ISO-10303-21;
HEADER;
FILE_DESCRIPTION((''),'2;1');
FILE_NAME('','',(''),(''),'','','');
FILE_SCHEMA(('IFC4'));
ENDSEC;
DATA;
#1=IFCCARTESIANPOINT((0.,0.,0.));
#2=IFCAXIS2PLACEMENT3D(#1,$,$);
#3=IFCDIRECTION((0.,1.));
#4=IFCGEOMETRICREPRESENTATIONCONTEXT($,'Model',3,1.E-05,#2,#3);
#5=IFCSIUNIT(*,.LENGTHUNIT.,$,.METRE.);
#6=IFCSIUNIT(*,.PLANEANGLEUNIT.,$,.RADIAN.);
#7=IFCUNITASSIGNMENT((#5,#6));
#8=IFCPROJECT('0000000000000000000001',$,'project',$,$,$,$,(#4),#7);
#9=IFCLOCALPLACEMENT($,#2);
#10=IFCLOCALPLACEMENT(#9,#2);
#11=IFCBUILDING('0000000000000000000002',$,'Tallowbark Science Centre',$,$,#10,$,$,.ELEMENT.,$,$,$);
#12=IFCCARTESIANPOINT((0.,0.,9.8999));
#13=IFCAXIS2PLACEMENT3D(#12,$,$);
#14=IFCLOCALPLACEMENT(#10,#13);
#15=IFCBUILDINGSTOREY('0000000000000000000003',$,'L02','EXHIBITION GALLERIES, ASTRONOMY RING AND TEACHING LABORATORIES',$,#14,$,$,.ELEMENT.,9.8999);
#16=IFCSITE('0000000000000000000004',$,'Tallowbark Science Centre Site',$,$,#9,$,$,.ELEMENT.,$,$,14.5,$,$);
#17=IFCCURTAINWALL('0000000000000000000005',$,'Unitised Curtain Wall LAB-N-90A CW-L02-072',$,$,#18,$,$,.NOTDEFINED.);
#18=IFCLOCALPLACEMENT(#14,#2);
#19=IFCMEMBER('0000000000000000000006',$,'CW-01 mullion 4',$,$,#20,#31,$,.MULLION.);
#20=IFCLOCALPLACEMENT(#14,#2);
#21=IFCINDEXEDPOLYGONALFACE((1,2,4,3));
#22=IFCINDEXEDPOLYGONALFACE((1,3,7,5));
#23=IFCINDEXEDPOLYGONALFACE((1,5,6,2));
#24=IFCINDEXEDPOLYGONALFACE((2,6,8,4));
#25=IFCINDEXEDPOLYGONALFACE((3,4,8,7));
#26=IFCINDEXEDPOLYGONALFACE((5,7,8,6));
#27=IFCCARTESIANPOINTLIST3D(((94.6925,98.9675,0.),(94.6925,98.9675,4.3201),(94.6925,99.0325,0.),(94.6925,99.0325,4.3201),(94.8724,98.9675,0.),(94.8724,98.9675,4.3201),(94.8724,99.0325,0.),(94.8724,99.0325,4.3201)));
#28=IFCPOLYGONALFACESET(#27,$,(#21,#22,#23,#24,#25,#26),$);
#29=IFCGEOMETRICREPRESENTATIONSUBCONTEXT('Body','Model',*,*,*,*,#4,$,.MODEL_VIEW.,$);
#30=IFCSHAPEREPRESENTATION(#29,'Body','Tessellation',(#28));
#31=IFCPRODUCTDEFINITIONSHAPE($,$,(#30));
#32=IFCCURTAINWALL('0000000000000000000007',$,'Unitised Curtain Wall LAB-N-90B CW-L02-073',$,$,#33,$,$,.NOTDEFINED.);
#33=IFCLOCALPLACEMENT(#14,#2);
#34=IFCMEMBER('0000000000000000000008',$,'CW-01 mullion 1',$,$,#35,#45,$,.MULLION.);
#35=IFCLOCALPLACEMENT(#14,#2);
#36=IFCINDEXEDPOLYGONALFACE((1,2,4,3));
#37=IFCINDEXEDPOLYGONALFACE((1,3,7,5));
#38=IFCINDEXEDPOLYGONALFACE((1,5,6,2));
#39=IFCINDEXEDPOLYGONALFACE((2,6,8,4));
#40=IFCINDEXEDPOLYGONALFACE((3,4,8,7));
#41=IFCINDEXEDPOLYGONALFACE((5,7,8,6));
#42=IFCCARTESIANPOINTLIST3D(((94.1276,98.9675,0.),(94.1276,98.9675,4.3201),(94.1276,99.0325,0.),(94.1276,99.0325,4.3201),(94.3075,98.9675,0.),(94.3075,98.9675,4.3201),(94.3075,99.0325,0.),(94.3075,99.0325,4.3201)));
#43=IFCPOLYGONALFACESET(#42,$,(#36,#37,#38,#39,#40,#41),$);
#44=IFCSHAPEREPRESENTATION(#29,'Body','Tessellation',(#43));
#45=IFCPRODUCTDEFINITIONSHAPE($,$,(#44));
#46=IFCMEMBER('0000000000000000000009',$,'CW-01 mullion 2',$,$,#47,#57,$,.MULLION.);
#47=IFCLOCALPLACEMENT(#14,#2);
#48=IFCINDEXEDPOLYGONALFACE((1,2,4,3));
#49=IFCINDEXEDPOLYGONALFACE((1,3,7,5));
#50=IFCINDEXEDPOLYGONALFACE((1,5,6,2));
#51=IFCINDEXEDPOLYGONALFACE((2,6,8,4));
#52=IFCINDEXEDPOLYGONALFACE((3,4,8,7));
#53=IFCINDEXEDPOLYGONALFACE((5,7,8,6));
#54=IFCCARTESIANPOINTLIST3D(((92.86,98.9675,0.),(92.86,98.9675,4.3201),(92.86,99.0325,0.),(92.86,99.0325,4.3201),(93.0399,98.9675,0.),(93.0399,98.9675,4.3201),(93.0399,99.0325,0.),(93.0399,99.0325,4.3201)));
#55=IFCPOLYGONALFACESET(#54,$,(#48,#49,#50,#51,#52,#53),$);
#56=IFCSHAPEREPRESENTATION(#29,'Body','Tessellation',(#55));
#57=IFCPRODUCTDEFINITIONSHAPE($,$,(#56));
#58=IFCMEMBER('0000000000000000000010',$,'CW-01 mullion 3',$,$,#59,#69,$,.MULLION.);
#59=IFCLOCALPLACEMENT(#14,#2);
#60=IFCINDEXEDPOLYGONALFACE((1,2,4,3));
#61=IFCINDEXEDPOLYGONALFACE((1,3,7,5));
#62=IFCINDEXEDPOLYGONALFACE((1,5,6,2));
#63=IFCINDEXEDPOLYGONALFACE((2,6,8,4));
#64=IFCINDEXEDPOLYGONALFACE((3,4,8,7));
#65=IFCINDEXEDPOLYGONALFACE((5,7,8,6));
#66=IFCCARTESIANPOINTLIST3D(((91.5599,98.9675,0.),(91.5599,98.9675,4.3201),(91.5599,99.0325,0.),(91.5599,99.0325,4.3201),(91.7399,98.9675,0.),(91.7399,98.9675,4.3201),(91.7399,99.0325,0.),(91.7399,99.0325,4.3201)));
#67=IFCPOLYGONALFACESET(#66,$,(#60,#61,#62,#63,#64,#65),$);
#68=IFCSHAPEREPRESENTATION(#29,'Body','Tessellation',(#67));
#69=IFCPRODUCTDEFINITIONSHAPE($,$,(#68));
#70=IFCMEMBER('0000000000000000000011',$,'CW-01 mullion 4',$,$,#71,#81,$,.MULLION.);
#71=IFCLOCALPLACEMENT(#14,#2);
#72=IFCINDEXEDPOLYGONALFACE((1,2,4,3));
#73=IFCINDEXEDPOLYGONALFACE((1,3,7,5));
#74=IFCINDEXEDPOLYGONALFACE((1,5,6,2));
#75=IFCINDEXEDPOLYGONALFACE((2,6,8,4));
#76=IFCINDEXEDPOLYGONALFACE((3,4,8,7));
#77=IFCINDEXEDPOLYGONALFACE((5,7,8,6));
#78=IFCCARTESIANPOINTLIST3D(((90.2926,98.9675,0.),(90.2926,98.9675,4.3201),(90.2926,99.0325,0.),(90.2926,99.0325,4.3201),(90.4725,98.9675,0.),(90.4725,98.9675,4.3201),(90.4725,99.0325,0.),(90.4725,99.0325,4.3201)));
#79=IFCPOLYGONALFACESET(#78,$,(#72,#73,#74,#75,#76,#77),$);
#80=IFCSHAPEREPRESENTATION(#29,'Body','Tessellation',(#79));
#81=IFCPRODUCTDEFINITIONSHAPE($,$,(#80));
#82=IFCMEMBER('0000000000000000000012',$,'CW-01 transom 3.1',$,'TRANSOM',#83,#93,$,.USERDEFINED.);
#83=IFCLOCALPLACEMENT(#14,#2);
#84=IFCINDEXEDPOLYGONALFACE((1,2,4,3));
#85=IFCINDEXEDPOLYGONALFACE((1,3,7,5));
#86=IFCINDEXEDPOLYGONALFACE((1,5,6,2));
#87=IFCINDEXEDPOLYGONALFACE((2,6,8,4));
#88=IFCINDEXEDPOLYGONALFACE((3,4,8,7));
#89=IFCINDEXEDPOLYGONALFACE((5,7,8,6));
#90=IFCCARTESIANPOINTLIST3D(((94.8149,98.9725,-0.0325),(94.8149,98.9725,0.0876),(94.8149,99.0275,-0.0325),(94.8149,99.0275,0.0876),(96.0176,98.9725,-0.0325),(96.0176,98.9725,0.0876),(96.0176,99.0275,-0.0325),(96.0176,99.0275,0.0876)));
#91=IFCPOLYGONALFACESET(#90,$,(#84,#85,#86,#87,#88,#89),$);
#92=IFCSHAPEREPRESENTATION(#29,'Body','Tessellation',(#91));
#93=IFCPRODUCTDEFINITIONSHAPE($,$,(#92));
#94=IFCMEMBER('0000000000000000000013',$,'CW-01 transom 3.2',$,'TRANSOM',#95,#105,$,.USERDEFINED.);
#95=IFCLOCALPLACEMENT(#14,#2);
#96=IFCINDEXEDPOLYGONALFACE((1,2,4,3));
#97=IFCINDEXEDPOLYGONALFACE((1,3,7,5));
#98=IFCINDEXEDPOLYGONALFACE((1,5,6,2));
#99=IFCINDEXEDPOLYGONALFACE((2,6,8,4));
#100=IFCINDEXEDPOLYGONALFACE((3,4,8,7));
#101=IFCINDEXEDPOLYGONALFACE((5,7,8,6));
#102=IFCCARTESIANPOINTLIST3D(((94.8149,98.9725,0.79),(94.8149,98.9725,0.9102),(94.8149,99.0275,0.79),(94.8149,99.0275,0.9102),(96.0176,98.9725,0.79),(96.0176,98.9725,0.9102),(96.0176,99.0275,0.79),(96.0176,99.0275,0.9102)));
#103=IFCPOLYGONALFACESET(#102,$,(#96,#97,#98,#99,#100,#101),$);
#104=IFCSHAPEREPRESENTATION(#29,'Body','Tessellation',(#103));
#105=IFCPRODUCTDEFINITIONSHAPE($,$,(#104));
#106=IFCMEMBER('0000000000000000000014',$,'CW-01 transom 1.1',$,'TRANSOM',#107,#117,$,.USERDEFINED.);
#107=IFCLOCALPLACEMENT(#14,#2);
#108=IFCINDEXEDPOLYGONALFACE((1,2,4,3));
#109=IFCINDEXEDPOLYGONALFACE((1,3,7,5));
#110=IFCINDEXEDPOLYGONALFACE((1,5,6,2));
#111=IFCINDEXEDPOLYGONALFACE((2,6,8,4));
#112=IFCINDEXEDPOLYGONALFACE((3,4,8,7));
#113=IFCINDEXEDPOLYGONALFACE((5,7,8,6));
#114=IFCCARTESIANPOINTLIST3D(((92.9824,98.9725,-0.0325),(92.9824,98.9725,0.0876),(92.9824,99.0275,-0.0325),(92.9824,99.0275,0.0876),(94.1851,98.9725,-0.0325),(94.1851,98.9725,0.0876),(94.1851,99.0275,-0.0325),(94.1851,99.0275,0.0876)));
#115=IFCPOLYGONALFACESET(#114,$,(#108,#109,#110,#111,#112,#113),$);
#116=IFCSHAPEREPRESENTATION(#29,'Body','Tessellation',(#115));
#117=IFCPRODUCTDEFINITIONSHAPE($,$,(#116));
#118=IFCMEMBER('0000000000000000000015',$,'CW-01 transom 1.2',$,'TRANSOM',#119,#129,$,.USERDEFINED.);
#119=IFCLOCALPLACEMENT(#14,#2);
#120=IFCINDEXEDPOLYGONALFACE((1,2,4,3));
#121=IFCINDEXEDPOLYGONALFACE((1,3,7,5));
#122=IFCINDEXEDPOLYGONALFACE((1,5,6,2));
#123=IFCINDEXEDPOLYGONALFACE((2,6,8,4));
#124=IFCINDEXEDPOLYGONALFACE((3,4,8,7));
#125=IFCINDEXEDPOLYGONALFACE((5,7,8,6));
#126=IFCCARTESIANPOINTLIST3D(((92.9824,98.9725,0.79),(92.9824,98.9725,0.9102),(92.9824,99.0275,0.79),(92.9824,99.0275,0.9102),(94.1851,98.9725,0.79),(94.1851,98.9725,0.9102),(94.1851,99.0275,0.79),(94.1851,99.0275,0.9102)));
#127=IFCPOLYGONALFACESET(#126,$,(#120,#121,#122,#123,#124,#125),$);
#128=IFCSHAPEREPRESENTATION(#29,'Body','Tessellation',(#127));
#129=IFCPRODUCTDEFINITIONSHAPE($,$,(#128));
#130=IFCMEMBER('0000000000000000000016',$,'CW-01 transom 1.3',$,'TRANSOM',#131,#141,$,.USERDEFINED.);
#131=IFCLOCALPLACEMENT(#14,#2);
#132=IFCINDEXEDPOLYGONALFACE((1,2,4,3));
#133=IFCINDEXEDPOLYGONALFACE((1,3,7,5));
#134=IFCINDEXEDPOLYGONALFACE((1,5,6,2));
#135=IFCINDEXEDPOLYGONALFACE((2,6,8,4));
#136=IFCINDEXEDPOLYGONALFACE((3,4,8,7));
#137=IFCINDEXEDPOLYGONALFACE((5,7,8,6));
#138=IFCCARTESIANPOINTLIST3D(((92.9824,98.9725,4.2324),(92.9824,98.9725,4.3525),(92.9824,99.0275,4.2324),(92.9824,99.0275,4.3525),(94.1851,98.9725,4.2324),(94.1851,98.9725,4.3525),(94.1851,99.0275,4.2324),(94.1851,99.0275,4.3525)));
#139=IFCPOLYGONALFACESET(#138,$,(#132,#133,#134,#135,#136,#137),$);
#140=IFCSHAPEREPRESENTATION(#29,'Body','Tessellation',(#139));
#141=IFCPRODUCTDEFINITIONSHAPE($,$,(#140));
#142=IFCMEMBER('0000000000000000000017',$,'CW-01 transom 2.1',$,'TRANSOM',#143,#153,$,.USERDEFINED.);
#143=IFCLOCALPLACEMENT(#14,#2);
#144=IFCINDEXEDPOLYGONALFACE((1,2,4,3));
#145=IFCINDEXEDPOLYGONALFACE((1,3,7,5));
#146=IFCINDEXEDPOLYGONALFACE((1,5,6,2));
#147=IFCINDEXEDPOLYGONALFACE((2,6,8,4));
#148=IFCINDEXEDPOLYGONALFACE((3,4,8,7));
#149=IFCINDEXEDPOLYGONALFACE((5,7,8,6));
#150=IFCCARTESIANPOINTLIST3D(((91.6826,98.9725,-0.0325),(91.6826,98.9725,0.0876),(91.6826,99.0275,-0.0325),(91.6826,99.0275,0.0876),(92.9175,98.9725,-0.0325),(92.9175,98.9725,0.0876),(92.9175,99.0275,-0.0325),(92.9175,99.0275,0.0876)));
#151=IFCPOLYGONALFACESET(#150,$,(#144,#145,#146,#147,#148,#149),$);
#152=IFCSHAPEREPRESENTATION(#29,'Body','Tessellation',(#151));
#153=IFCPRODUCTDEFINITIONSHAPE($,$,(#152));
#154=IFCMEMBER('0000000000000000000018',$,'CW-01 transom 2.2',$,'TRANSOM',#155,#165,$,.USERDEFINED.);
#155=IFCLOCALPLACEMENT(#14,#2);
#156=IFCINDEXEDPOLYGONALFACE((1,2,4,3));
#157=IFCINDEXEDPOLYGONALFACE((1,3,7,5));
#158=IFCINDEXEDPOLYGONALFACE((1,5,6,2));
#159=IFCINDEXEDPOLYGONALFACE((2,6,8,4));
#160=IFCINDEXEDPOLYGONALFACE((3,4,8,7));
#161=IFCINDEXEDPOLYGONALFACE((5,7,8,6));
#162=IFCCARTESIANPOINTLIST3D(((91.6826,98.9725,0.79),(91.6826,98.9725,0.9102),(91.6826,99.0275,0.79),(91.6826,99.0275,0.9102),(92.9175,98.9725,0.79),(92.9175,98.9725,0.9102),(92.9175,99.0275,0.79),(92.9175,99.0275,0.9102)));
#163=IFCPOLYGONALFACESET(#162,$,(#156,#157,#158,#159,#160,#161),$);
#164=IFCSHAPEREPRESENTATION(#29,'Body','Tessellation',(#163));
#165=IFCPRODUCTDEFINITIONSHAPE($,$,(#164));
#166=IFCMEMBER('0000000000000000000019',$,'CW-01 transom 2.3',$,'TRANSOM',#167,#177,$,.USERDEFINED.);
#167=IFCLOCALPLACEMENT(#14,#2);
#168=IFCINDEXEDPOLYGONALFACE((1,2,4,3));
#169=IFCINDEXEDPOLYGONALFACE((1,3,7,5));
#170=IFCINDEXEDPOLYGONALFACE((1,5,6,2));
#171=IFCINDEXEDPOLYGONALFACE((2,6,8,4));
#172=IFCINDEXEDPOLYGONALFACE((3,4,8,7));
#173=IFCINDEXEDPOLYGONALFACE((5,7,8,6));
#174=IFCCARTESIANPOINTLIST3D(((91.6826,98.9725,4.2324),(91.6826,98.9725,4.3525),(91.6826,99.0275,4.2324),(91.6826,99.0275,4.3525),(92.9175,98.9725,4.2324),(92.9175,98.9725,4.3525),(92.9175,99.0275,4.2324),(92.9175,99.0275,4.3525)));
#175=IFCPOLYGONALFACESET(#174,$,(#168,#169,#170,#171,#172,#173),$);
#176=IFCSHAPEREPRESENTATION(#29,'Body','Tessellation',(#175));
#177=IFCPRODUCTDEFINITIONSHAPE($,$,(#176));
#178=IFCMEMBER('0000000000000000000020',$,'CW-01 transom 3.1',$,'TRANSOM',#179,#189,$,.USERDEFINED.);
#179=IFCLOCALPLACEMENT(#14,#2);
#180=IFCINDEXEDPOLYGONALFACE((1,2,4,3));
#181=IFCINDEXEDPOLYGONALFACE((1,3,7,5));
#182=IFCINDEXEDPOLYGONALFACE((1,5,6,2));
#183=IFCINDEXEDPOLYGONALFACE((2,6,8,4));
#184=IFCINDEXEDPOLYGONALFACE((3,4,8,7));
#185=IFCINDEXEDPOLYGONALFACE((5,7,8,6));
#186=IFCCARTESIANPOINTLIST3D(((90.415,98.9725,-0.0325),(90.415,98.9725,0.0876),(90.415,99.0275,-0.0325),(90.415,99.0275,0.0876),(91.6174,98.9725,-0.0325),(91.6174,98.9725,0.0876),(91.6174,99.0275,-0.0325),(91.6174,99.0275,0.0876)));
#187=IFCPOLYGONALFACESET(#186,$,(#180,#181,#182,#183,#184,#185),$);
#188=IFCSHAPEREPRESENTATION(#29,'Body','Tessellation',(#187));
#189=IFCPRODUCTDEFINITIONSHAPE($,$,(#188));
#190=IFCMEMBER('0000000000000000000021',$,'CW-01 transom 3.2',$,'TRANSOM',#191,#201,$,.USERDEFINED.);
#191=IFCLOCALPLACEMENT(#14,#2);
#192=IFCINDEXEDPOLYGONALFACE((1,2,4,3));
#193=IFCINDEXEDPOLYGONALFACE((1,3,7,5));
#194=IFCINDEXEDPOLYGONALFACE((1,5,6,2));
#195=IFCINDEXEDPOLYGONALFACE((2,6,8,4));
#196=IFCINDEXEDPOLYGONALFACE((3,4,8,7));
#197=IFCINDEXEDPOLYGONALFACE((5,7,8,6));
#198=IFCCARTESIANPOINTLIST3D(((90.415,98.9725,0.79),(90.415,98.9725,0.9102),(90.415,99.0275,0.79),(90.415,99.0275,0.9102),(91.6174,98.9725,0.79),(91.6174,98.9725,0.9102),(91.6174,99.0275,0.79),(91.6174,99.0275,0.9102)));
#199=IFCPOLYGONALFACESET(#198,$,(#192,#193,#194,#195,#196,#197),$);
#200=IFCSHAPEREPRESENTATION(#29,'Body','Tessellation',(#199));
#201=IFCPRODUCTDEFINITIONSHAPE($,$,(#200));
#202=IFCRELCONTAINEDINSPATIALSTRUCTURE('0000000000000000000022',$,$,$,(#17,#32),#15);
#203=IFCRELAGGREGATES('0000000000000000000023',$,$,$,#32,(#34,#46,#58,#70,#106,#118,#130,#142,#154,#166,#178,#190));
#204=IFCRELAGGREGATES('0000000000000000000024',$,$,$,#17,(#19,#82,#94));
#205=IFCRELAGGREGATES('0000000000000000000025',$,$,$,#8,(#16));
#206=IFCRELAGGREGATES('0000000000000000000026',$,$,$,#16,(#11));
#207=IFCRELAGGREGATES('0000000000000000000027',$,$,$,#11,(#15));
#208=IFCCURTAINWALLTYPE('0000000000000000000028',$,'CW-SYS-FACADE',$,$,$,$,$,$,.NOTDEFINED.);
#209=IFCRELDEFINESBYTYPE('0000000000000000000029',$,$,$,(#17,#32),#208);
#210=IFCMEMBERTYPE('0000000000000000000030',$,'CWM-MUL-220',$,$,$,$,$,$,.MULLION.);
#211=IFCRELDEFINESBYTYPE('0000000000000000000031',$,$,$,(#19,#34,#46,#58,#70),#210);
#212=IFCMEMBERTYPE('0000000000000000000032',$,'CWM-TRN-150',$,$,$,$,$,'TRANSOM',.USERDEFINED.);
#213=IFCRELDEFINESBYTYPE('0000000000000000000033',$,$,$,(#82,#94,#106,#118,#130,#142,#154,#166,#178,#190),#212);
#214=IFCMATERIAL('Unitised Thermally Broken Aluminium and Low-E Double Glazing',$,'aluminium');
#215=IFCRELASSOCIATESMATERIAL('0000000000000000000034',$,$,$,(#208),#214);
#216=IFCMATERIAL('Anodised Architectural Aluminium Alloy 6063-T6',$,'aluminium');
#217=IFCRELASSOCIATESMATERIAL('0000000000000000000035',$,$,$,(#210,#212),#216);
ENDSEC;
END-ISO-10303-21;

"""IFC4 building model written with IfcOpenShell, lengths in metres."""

from ifc_helpers import new_model, si_unit, direction, frame, origin, origin_2d, place, context, subcontext, project, spatial, rectangle, extrude, material, material_profile, profile_set, type_object, element, aggregate, save


model = new_model("IFC4")

# Units and contexts
model_context = context("Model", 3, precision=1e-05, world=origin(), true_north=direction((0.0, 1.0)))
body_context = subcontext(model_context, "Body", "Model", "MODEL_VIEW")
ifc_project = project(units=[si_unit("LENGTHUNIT", "METRE"), si_unit("PLANEANGLEUNIT", "RADIAN")], contexts=[model_context])

# Site, building, storey
site_placement = place(None, origin())
site = spatial("IfcSite", under=ifc_project, at=site_placement, Name="Tallowbark Science Centre Site", CompositionType="ELEMENT", RefElevation=14.5)
building_placement = place(site_placement, origin())
building = spatial("IfcBuilding", under=site, at=building_placement, Name="Tallowbark Science Centre", CompositionType="ELEMENT")
storey_placement = place(building_placement, frame((0.0, 0.0, 9.8999)))
storey = spatial("IfcBuildingStorey", under=building, at=storey_placement, Name="L02", Description="EXHIBITION GALLERIES, ASTRONOMY RING AND TEACHING LABORATORIES", CompositionType="ELEMENT", Elevation=9.8999)

# Curtain wall, member
ifc_material_1 = material(Name="Unitised Thermally Broken Aluminium and Low-E Double Glazing", Category="aluminium")
curtain_wall_type = type_object("IfcCurtainWallType", Name="CW-SYS-FACADE", PredefinedType="NOTDEFINED", material=ifc_material_1)
curtain_wall_1_placement = place(storey_placement, origin())
curtain_wall_1 = element("IfcCurtainWall", 1, at=curtain_wall_1_placement, inside=storey, type_object=curtain_wall_type, Name="Unitised Curtain Wall LAB-N-90A CW-L02-072", PredefinedType="NOTDEFINED")
ifc_material_2 = material(Name="Anodised Architectural Aluminium Alloy 6063-T6", Category="aluminium")
ifc_material_profile_1 = material_profile(ifc_material_2, rectangle(XDim=0.0649, YDim=0.1799, at=origin_2d()), Name="ALU65x180")
ifc_profile_set_1 = profile_set([ifc_material_profile_1], Name="Anodised Architectural Aluminium Alloy 6063-T6")
member_type_1 = type_object("IfcMemberType", Name="CWM-MUL-220", PredefinedType="MULLION", material=ifc_profile_set_1)
member_1_placement = place(storey_placement, frame((94.7825, 99.0, 0.0), z_axis=(0.0, 0.0, 1.0), x_axis=(0.0, -1.0, 0.0)))
member_1 = element("IfcMember", 2, at=member_1_placement, type_object=member_type_1, Name="CW-01 mullion 4", PredefinedType="MULLION", context=body_context, shape_type="SweptSolid", body=[
    extrude(rectangle(XDim=0.0649, YDim=0.1799, at=origin_2d()), origin(), (0.0, 0.0, 1.0), 4.3201),
])

# Curtain wall, members
curtain_wall_2_placement = place(storey_placement, origin())
curtain_wall_2 = element("IfcCurtainWall", 3, at=curtain_wall_2_placement, inside=storey, type_object=curtain_wall_type, Name="Unitised Curtain Wall LAB-N-90B CW-L02-073", PredefinedType="NOTDEFINED")
member_2_placement = place(storey_placement, frame((94.2175, 99.0, 0.0), z_axis=(0.0, 0.0, 1.0), x_axis=(0.0, -1.0, 0.0)))
member_2 = element("IfcMember", 4, at=member_2_placement, type_object=member_type_1, Name="CW-01 mullion 1", PredefinedType="MULLION", context=body_context, shape_type="SweptSolid", body=[
    extrude(rectangle(XDim=0.0649, YDim=0.1799, at=origin_2d()), origin(), (0.0, 0.0, 1.0), 4.3201),
])
member_3_placement = place(storey_placement, frame((92.95, 99.0, 0.0), z_axis=(0.0, 0.0, 1.0), x_axis=(0.0, -1.0, 0.0)))
member_3 = element("IfcMember", 5, at=member_3_placement, type_object=member_type_1, Name="CW-01 mullion 2", PredefinedType="MULLION", context=body_context, shape_type="SweptSolid", body=[
    extrude(rectangle(XDim=0.0649, YDim=0.1799, at=origin_2d()), origin(), (0.0, 0.0, 1.0), 4.3201),
])
member_4_placement = place(storey_placement, frame((91.6499, 99.0, 0.0), z_axis=(0.0, 0.0, 1.0), x_axis=(0.0, -1.0, 0.0)))
member_4 = element("IfcMember", 6, at=member_4_placement, type_object=member_type_1, Name="CW-01 mullion 3", PredefinedType="MULLION", context=body_context, shape_type="SweptSolid", body=[
    extrude(rectangle(XDim=0.0649, YDim=0.1799, at=origin_2d()), origin(), (0.0, 0.0, 1.0), 4.3201),
])
member_5_placement = place(storey_placement, frame((90.3826, 99.0, 0.0), z_axis=(0.0, 0.0, 1.0), x_axis=(0.0, -1.0, 0.0)))
member_5 = element("IfcMember", 7, at=member_5_placement, type_object=member_type_1, Name="CW-01 mullion 4", PredefinedType="MULLION", context=body_context, shape_type="SweptSolid", body=[
    extrude(rectangle(XDim=0.0649, YDim=0.1799, at=origin_2d()), origin(), (0.0, 0.0, 1.0), 4.3201),
])

# Members
ifc_material_profile_2 = material_profile(ifc_material_2, rectangle(XDim=0.0549, YDim=0.1201, at=origin_2d()), Name="ALU55x120")
ifc_profile_set_2 = profile_set([ifc_material_profile_2], Name="Anodised Architectural Aluminium Alloy 6063-T6")
member_type_2 = type_object("IfcMemberType", Name="CWM-TRN-150", ElementType="TRANSOM", PredefinedType="USERDEFINED", material=ifc_profile_set_2)
member_6_placement = place(storey_placement, frame((96.0176, 99.0, 0.0276), z_axis=(-1.0, 0.0, 0.0), x_axis=(0.0, -1.0, 0.0)))
member_6 = element("IfcMember", 8, at=member_6_placement, type_object=member_type_2, Name="CW-01 transom 3.1", ObjectType="TRANSOM", PredefinedType="USERDEFINED", context=body_context, shape_type="SweptSolid", body=[
    extrude(rectangle(XDim=0.0549, YDim=0.1201, at=origin_2d()), origin(), (0.0, 0.0, 1.0), 1.2026),
])
member_7_placement = place(storey_placement, frame((96.0176, 99.0, 0.8501), z_axis=(-1.0, 0.0, 0.0), x_axis=(0.0, -1.0, 0.0)))
member_7 = element("IfcMember", 9, at=member_7_placement, type_object=member_type_2, Name="CW-01 transom 3.2", ObjectType="TRANSOM", PredefinedType="USERDEFINED", context=body_context, shape_type="SweptSolid", body=[
    extrude(rectangle(XDim=0.0549, YDim=0.1201, at=origin_2d()), origin(), (0.0, 0.0, 1.0), 1.2026),
])
member_8_placement = place(storey_placement, frame((94.1851, 99.0, 0.0276), z_axis=(-1.0, 0.0, 0.0), x_axis=(0.0, -1.0, 0.0)))
member_8 = element("IfcMember", 10, at=member_8_placement, type_object=member_type_2, Name="CW-01 transom 1.1", ObjectType="TRANSOM", PredefinedType="USERDEFINED", context=body_context, shape_type="SweptSolid", body=[
    extrude(rectangle(XDim=0.0549, YDim=0.1201, at=origin_2d()), origin(), (0.0, 0.0, 1.0), 1.2026),
])
member_9_placement = place(storey_placement, frame((94.1851, 99.0, 0.8501), z_axis=(-1.0, 0.0, 0.0), x_axis=(0.0, -1.0, 0.0)))
member_9 = element("IfcMember", 11, at=member_9_placement, type_object=member_type_2, Name="CW-01 transom 1.2", ObjectType="TRANSOM", PredefinedType="USERDEFINED", context=body_context, shape_type="SweptSolid", body=[
    extrude(rectangle(XDim=0.0549, YDim=0.1201, at=origin_2d()), origin(), (0.0, 0.0, 1.0), 1.2026),
])
member_10_placement = place(storey_placement, frame((94.1851, 99.0, 4.2925), z_axis=(-1.0, 0.0, 0.0), x_axis=(0.0, -1.0, 0.0)))
member_10 = element("IfcMember", 12, at=member_10_placement, type_object=member_type_2, Name="CW-01 transom 1.3", ObjectType="TRANSOM", PredefinedType="USERDEFINED", context=body_context, shape_type="SweptSolid", body=[
    extrude(rectangle(XDim=0.0549, YDim=0.1201, at=origin_2d()), origin(), (0.0, 0.0, 1.0), 1.2026),
])
member_11_placement = place(storey_placement, frame((92.9175, 99.0, 0.0276), z_axis=(-1.0, 0.0, 0.0), x_axis=(0.0, -1.0, 0.0)))
member_11 = element("IfcMember", 13, at=member_11_placement, type_object=member_type_2, Name="CW-01 transom 2.1", ObjectType="TRANSOM", PredefinedType="USERDEFINED", context=body_context, shape_type="SweptSolid", body=[
    extrude(rectangle(XDim=0.0549, YDim=0.1201, at=origin_2d()), origin(), (0.0, 0.0, 1.0), 1.2349),
])
member_12_placement = place(storey_placement, frame((92.9175, 99.0, 0.8501), z_axis=(-1.0, 0.0, 0.0), x_axis=(0.0, -1.0, 0.0)))
member_12 = element("IfcMember", 14, at=member_12_placement, type_object=member_type_2, Name="CW-01 transom 2.2", ObjectType="TRANSOM", PredefinedType="USERDEFINED", context=body_context, shape_type="SweptSolid", body=[
    extrude(rectangle(XDim=0.0549, YDim=0.1201, at=origin_2d()), origin(), (0.0, 0.0, 1.0), 1.2349),
])
member_13_placement = place(storey_placement, frame((92.9175, 99.0, 4.2925), z_axis=(-1.0, 0.0, 0.0), x_axis=(0.0, -1.0, 0.0)))
member_13 = element("IfcMember", 15, at=member_13_placement, type_object=member_type_2, Name="CW-01 transom 2.3", ObjectType="TRANSOM", PredefinedType="USERDEFINED", context=body_context, shape_type="SweptSolid", body=[
    extrude(rectangle(XDim=0.0549, YDim=0.1201, at=origin_2d()), origin(), (0.0, 0.0, 1.0), 1.2349),
])
member_14_placement = place(storey_placement, frame((91.6174, 99.0, 0.0276), z_axis=(-1.0, 0.0, 0.0), x_axis=(0.0, -1.0, 0.0)))
member_14 = element("IfcMember", 16, at=member_14_placement, type_object=member_type_2, Name="CW-01 transom 3.1", ObjectType="TRANSOM", PredefinedType="USERDEFINED", context=body_context, shape_type="SweptSolid", body=[
    extrude(rectangle(XDim=0.0549, YDim=0.1201, at=origin_2d()), origin(), (0.0, 0.0, 1.0), 1.2024),
])
member_15_placement = place(storey_placement, frame((91.6174, 99.0, 0.8501), z_axis=(-1.0, 0.0, 0.0), x_axis=(0.0, -1.0, 0.0)))
member_15 = element("IfcMember", 17, at=member_15_placement, type_object=member_type_2, Name="CW-01 transom 3.2", ObjectType="TRANSOM", PredefinedType="USERDEFINED", context=body_context, shape_type="SweptSolid", body=[
    extrude(rectangle(XDim=0.0549, YDim=0.1201, at=origin_2d()), origin(), (0.0, 0.0, 1.0), 1.2024),
])

aggregate(curtain_wall_2, [member_2, member_3, member_4, member_5, member_8, member_9, member_10, member_11, member_12, member_13, member_14, member_15])
aggregate(curtain_wall_1, [member_1, member_6, member_7])

save(model, "model.ifc")
